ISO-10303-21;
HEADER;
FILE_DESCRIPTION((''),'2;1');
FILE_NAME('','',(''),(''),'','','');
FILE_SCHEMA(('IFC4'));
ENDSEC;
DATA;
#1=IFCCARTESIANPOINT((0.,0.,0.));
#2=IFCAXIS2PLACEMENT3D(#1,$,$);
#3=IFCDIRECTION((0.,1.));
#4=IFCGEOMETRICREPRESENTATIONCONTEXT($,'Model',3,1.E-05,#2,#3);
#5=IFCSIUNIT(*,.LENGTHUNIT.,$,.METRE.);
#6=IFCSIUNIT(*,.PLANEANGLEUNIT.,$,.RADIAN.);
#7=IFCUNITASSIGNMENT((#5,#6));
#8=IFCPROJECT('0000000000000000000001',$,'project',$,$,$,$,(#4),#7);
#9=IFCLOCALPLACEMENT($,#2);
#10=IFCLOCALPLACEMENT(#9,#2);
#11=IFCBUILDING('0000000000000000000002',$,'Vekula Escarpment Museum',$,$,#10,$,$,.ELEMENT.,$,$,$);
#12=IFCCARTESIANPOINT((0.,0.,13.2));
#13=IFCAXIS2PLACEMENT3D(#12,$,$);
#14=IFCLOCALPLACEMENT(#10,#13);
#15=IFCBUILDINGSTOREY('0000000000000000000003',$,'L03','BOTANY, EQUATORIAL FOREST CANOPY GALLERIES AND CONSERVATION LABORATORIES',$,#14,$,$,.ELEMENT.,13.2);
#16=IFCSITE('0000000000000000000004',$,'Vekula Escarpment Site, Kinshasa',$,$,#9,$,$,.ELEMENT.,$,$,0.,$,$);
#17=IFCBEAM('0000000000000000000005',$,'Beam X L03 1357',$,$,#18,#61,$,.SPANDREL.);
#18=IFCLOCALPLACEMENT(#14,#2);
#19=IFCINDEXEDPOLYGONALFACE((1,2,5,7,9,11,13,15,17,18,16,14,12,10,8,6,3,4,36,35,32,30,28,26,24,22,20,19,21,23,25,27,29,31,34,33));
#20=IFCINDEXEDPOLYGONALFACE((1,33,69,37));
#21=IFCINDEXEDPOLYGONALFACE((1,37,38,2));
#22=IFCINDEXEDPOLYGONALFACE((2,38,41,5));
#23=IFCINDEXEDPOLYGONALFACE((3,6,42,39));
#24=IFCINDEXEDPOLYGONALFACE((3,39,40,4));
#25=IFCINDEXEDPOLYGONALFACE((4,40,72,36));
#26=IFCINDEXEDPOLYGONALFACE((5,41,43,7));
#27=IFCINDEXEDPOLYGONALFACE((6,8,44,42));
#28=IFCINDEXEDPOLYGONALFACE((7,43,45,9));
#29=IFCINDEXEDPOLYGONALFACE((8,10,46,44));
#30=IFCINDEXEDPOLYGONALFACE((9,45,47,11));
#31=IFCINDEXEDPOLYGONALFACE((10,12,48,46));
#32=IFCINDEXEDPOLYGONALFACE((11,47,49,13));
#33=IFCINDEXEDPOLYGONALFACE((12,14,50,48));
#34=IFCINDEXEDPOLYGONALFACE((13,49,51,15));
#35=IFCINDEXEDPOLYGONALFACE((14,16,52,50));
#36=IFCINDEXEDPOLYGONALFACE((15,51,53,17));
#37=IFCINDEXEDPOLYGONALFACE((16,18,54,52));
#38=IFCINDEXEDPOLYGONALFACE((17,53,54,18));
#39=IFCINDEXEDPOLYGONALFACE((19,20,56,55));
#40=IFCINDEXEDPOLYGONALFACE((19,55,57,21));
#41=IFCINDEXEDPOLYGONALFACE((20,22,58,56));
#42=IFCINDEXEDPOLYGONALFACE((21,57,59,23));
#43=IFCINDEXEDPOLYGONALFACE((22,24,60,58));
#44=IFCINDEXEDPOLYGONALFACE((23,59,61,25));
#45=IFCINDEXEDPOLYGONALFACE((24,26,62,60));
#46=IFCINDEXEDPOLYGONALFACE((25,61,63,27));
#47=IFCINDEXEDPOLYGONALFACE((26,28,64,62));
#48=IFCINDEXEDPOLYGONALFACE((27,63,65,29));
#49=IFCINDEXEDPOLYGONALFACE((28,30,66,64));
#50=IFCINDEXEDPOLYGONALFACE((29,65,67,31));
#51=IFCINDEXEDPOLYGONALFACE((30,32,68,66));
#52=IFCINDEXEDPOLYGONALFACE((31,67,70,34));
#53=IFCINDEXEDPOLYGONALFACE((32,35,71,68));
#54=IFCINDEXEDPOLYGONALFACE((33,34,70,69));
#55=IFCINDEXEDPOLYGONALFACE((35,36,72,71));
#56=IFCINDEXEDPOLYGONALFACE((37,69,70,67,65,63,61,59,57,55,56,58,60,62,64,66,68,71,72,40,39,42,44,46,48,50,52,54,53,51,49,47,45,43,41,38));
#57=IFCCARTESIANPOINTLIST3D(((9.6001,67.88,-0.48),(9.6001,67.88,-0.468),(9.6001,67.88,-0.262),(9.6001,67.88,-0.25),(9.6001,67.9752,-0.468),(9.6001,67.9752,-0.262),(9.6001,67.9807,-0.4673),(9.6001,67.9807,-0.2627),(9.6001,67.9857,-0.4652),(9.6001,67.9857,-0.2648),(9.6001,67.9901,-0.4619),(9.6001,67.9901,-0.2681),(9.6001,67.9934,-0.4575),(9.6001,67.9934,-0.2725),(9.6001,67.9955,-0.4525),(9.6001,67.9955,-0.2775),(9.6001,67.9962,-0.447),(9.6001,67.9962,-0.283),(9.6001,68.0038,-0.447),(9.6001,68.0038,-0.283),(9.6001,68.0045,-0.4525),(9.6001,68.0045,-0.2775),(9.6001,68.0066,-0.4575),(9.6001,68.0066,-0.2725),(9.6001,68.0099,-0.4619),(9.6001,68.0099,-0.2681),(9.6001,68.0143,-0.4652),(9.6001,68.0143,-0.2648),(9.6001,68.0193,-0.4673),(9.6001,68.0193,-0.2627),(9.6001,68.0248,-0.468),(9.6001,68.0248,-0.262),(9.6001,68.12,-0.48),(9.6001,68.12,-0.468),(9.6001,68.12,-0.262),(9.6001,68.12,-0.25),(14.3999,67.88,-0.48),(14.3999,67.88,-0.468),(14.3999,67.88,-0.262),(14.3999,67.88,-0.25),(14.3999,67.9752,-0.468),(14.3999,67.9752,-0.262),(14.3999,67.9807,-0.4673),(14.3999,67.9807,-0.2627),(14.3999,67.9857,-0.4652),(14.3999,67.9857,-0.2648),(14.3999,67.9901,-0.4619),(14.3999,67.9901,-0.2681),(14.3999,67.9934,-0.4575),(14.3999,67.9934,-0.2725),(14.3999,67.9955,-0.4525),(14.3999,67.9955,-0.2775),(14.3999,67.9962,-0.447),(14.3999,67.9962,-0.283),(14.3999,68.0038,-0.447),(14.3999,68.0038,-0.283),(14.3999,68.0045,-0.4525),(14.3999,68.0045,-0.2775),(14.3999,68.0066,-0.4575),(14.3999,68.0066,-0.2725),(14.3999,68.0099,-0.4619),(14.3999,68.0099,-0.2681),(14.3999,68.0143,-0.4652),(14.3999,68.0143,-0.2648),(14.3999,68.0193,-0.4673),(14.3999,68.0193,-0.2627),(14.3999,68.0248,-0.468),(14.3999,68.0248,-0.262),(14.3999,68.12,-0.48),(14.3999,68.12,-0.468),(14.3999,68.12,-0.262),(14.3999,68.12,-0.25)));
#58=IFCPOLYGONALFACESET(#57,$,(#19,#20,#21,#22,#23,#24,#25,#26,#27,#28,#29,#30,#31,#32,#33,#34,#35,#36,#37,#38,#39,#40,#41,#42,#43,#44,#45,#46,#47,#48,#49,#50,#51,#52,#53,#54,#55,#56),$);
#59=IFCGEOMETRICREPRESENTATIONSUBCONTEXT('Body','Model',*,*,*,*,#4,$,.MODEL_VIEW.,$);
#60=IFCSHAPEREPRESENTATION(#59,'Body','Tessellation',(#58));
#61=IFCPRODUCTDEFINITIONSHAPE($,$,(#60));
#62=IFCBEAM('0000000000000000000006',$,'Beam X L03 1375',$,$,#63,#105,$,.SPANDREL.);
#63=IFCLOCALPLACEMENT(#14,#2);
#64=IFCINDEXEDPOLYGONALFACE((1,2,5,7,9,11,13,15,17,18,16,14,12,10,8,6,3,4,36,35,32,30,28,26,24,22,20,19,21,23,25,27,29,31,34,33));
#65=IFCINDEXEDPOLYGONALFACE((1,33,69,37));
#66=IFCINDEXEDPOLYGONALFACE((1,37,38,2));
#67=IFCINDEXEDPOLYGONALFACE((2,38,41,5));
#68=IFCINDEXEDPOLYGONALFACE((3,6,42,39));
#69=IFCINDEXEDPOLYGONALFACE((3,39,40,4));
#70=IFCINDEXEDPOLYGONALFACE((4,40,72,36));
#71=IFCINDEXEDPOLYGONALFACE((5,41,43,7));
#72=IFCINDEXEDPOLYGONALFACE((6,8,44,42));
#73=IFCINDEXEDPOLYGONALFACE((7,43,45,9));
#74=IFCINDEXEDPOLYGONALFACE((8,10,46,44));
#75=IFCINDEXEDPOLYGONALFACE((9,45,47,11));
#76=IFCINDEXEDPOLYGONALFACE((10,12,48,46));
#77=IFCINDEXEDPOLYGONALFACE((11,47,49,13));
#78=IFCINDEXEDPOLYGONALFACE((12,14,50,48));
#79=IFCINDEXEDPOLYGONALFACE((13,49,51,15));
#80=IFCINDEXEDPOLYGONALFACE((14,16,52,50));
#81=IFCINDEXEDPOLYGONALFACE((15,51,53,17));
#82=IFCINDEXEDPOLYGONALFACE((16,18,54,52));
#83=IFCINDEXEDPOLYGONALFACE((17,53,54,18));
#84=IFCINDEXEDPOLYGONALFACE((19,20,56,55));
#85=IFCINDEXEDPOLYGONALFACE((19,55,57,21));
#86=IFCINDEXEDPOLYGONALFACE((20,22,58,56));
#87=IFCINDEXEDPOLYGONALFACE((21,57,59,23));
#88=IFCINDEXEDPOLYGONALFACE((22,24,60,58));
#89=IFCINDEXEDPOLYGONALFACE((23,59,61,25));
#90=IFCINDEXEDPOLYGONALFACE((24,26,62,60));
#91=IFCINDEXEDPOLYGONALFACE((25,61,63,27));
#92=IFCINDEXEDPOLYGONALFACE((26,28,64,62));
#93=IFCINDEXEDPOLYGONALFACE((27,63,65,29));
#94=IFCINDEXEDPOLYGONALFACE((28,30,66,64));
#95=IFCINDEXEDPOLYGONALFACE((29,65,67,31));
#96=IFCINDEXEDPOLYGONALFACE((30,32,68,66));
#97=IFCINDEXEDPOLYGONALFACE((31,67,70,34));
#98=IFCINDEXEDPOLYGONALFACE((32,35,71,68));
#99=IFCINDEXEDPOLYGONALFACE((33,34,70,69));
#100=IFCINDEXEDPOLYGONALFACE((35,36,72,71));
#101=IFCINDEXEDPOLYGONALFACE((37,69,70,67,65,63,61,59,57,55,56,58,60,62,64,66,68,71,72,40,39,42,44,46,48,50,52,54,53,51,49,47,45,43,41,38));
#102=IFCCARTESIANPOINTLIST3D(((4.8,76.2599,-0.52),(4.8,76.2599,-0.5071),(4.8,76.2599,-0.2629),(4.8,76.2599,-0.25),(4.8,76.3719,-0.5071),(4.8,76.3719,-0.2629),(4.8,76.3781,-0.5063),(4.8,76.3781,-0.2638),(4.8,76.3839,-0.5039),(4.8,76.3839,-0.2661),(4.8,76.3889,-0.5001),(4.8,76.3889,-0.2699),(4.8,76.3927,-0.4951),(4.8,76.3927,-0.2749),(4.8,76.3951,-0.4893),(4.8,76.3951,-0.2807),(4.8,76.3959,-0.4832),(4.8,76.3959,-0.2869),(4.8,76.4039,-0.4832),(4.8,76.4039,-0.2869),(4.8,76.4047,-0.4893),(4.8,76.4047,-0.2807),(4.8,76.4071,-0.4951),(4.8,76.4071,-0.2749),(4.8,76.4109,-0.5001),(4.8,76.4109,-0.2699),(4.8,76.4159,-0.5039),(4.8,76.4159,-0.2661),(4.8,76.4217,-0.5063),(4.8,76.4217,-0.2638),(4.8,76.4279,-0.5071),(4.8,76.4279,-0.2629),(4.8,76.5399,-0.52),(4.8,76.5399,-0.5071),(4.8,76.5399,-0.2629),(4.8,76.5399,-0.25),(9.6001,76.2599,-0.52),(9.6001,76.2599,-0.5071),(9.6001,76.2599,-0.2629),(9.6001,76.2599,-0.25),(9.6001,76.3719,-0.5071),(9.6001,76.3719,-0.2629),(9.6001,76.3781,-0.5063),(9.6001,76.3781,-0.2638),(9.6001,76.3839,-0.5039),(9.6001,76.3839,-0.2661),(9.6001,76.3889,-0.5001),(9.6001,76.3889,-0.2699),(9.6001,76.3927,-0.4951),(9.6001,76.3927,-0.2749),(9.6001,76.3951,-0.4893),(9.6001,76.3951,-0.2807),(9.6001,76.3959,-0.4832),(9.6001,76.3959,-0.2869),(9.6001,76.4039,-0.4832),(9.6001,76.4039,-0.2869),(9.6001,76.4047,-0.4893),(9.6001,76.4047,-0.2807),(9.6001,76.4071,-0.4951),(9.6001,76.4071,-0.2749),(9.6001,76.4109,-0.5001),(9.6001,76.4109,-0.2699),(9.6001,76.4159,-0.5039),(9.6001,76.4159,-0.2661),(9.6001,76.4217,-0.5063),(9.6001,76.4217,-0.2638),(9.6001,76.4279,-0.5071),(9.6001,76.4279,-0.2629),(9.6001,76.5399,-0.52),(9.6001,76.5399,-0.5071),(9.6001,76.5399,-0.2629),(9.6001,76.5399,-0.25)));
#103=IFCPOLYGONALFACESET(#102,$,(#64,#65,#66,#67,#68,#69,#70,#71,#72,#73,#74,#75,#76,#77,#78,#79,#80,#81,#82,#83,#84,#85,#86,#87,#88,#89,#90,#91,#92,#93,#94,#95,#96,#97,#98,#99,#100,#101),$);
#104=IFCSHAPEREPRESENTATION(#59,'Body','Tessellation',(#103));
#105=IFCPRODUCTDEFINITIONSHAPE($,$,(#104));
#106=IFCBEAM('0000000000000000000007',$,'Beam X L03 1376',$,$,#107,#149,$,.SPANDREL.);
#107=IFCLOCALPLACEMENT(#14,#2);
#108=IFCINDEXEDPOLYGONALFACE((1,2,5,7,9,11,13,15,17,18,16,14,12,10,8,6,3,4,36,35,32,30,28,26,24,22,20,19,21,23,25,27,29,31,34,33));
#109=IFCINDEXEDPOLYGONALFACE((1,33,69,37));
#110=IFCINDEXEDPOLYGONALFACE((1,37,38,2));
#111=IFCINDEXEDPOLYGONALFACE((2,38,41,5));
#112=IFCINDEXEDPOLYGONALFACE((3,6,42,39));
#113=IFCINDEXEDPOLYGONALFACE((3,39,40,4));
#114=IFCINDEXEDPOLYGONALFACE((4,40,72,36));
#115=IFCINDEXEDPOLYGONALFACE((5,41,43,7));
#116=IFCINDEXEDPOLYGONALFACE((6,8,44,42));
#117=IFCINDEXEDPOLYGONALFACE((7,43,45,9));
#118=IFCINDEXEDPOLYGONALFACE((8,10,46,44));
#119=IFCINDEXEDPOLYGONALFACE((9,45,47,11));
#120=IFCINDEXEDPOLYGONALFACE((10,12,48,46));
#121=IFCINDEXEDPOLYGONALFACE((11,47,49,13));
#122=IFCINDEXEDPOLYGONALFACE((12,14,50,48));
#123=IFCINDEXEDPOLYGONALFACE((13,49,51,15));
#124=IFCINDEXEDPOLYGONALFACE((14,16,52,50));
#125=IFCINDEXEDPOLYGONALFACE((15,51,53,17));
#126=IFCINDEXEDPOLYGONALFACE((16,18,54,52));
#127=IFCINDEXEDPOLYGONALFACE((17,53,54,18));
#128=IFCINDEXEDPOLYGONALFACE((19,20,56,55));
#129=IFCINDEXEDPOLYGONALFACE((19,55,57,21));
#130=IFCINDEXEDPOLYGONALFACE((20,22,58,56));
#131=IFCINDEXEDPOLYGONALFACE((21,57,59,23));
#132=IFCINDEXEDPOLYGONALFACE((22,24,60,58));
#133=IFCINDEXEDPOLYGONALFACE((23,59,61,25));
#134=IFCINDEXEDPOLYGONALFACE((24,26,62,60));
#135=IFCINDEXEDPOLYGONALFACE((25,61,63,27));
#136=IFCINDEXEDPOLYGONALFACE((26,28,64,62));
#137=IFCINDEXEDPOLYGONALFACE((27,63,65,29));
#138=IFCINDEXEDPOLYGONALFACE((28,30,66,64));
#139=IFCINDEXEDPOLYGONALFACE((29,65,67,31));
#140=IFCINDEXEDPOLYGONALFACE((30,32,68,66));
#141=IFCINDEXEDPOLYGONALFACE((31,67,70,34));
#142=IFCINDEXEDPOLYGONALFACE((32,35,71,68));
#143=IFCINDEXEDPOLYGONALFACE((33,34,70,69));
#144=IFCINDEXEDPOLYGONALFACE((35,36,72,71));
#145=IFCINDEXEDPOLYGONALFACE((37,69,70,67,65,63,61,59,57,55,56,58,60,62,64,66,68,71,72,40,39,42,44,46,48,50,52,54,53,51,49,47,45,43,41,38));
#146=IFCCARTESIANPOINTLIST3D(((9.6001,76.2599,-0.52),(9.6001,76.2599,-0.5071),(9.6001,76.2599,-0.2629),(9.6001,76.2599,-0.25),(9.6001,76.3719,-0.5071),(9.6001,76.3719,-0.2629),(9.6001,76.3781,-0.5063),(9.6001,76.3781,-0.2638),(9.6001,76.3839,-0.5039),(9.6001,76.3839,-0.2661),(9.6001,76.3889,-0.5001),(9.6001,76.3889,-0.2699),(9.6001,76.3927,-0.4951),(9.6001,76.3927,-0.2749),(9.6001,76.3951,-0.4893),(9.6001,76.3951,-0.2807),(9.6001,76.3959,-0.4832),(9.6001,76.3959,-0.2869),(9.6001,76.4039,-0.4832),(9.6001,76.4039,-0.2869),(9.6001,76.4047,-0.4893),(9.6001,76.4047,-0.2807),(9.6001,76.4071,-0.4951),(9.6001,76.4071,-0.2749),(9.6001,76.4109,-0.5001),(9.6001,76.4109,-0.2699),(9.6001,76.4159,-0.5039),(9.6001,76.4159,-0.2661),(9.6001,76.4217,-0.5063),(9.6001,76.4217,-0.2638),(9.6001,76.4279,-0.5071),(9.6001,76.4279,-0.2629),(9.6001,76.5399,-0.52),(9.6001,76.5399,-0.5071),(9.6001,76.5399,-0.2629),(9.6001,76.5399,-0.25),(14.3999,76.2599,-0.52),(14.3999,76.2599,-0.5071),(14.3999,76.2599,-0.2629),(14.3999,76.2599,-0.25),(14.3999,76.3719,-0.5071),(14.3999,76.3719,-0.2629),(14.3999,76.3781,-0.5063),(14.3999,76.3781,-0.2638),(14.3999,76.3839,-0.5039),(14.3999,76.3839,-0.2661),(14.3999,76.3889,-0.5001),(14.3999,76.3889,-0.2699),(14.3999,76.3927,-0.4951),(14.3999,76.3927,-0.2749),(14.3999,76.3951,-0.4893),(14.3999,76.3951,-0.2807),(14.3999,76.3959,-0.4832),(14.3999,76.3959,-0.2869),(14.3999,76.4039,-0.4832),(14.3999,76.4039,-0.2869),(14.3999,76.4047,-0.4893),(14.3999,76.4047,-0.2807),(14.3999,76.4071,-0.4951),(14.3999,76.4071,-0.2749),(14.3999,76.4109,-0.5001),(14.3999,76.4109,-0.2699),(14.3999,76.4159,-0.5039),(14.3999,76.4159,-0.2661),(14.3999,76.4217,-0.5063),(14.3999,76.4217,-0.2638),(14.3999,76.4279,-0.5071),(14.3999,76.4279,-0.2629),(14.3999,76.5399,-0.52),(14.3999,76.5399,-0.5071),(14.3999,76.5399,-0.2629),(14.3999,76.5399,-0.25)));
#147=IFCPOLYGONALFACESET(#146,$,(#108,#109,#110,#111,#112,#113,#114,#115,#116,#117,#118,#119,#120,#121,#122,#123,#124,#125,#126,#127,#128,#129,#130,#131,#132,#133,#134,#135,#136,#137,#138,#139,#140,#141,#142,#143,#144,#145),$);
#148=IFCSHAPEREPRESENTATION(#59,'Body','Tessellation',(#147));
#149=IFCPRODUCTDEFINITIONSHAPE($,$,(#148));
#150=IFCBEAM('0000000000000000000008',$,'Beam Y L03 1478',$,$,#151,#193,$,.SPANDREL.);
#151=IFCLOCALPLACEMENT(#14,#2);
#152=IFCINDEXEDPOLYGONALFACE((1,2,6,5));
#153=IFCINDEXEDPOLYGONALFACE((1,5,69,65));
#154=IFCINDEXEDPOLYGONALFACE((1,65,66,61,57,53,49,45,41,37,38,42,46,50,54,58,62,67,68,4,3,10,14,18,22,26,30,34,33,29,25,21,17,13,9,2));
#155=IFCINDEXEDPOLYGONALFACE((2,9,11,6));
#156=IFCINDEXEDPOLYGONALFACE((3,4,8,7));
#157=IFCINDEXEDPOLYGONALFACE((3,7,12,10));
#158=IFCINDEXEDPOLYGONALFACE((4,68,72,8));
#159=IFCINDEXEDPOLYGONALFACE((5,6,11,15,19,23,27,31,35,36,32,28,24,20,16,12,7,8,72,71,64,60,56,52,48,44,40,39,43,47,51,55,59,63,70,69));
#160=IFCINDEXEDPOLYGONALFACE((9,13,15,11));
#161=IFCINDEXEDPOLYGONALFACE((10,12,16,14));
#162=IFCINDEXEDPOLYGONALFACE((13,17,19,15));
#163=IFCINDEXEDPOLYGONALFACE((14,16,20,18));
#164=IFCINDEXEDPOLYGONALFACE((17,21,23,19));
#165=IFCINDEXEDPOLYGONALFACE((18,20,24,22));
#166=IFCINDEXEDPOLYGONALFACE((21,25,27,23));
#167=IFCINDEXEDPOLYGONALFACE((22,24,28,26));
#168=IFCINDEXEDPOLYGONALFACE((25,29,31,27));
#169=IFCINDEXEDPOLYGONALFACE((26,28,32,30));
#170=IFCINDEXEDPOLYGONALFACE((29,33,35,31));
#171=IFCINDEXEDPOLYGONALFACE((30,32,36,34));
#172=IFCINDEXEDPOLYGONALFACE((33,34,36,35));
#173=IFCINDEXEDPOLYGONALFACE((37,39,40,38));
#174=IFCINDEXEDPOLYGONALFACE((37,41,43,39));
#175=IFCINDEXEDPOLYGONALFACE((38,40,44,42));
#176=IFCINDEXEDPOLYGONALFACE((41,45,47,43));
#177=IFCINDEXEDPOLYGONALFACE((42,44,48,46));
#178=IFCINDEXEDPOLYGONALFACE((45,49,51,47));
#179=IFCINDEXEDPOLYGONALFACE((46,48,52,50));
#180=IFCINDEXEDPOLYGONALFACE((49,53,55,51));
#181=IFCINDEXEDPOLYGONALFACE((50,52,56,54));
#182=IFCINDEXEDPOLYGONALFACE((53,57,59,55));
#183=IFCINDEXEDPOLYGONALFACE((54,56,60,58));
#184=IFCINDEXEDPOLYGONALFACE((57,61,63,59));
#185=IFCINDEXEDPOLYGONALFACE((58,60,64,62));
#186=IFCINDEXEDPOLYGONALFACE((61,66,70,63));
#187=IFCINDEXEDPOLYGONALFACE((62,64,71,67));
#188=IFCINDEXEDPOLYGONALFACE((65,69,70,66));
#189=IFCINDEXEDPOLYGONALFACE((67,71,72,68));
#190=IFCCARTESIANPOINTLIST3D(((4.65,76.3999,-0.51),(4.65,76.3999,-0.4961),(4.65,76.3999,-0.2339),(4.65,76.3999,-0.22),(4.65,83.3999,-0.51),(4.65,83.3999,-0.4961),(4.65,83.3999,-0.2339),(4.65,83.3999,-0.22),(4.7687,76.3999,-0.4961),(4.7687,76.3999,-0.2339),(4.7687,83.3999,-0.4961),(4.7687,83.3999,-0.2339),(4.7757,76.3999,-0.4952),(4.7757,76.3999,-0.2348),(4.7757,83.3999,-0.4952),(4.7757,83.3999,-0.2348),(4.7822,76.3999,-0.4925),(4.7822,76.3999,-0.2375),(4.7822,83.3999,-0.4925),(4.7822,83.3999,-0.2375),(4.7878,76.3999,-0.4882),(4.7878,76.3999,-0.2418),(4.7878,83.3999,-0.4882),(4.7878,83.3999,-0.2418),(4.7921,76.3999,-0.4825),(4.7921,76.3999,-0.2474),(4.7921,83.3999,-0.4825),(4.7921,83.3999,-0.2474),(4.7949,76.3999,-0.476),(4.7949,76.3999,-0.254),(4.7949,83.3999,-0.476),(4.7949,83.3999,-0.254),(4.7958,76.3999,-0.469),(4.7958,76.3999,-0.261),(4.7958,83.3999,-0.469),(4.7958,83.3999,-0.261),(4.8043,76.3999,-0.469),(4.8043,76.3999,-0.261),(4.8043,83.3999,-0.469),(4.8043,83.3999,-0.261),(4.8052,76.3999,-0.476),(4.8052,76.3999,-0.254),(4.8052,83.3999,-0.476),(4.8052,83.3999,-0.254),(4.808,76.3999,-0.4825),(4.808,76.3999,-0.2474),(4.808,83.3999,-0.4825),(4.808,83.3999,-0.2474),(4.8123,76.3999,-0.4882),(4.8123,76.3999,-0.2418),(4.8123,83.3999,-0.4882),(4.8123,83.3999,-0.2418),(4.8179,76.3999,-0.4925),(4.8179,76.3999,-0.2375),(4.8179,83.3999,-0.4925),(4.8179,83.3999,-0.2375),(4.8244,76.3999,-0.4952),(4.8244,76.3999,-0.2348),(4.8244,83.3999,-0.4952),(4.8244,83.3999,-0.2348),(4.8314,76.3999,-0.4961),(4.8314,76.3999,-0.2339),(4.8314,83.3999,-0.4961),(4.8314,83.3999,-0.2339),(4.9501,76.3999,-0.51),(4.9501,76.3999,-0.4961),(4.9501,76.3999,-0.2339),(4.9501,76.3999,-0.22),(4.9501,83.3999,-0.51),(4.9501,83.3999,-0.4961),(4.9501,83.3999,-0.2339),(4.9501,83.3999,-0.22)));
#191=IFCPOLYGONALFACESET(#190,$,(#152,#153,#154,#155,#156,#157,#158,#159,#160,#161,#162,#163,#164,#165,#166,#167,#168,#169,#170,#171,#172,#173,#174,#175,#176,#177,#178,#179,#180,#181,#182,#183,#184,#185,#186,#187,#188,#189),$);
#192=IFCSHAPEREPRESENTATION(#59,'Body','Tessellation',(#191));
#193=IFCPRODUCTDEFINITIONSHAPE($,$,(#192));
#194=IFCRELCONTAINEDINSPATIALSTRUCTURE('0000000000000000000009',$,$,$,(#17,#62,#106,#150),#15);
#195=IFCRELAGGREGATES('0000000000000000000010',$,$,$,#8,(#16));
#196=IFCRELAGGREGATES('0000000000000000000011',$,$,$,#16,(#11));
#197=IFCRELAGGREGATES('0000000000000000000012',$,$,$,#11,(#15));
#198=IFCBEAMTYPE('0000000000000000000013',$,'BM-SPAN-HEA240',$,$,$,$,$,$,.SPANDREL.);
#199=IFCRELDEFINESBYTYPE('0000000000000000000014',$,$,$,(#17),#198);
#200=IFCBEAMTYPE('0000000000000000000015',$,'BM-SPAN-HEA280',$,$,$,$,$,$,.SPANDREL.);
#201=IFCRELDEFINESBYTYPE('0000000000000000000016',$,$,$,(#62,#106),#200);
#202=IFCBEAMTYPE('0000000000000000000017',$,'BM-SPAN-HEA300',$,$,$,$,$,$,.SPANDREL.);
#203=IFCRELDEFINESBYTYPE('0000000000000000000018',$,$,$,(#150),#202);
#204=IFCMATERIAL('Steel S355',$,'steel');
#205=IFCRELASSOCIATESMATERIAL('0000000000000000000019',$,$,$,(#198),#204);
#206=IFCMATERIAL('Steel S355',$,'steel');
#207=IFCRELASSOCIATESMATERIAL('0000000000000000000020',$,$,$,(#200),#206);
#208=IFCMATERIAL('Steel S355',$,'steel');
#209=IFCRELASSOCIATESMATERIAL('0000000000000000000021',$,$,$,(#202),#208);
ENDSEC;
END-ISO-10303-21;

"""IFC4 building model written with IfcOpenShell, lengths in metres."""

from ifc_helpers import new_model, si_unit, direction, frame, origin, origin_2d, place, context, subcontext, project, spatial, i_section, extrude, material, material_profile, profile_set, type_object, element, save


model = new_model("IFC4")

# Units and contexts
model_context = context("Model", 3, precision=1e-05, world=origin(), true_north=direction((0.0, 1.0)))
body_context = subcontext(model_context, "Body", "Model", "MODEL_VIEW")
ifc_project = project(units=[si_unit("LENGTHUNIT", "METRE"), si_unit("PLANEANGLEUNIT", "RADIAN")], contexts=[model_context])

# Site, building, storey
site_placement = place(None, origin())
site = spatial("IfcSite", under=ifc_project, at=site_placement, Name="Vekula Escarpment Site, Kinshasa", CompositionType="ELEMENT", RefElevation=0.0)
building_placement = place(site_placement, origin())
building = spatial("IfcBuilding", under=site, at=building_placement, Name="Vekula Escarpment Museum", CompositionType="ELEMENT")
storey_placement = place(building_placement, frame((0.0, 0.0, 13.2)))
storey = spatial("IfcBuildingStorey", under=building, at=storey_placement, Name="L03", Description="BOTANY, EQUATORIAL FOREST CANOPY GALLERIES AND CONSERVATION LABORATORIES", CompositionType="ELEMENT", Elevation=13.2)

# Beams
ifc_material_1 = material(Name="Steel S355", Category="steel")
ifc_material_profile_1 = material_profile(ifc_material_1, i_section(OverallWidth=0.24, OverallDepth=0.23, WebThickness=0.0076, FlangeThickness=0.012, FilletRadius=0.021, at=origin_2d()), Name="HEA 240")
ifc_profile_set_1 = profile_set([ifc_material_profile_1], Name="Steel S355")
beam_type_1 = type_object("IfcBeamType", Name="BM-SPAN-HEA240", PredefinedType="SPANDREL", material=ifc_profile_set_1)
beam_1_placement = place(storey_placement, frame((9.6001, 68.0, -0.365), z_axis=(1.0, 0.0, 0.0), x_axis=(0.0, 1.0, 0.0)))
element("IfcBeam", 1, at=beam_1_placement, inside=storey, type_object=beam_type_1, Name="Beam X L03 1357", PredefinedType="SPANDREL", context=body_context, shape_type="SweptSolid", body=[
    extrude(i_section(OverallWidth=0.24, OverallDepth=0.23, WebThickness=0.0076, FlangeThickness=0.012, FilletRadius=0.021, at=origin_2d()), origin(), (0.0, 0.0, 1.0), 4.7998),
])
ifc_material_2 = material(Name="Steel S355", Category="steel")
ifc_material_profile_2 = material_profile(ifc_material_2, i_section(OverallWidth=0.28, OverallDepth=0.27, WebThickness=0.0081, FlangeThickness=0.0129, FilletRadius=0.0239, at=origin_2d()), Name="HEA 280")
ifc_profile_set_2 = profile_set([ifc_material_profile_2], Name="Steel S355")
beam_type_2 = type_object("IfcBeamType", Name="BM-SPAN-HEA280", PredefinedType="SPANDREL", material=ifc_profile_set_2)
beam_2_placement = place(storey_placement, frame((4.8, 76.3999, -0.385), z_axis=(1.0, 0.0, 0.0), x_axis=(0.0, 1.0, 0.0)))
element("IfcBeam", 2, at=beam_2_placement, inside=storey, type_object=beam_type_2, Name="Beam X L03 1375", PredefinedType="SPANDREL", context=body_context, shape_type="SweptSolid", body=[
    extrude(i_section(OverallWidth=0.28, OverallDepth=0.27, WebThickness=0.0081, FlangeThickness=0.0129, FilletRadius=0.0239, at=origin_2d()), origin(), (0.0, 0.0, 1.0), 4.8),
])
beam_3_placement = place(storey_placement, frame((9.6001, 76.3999, -0.385), z_axis=(1.0, 0.0, 0.0), x_axis=(0.0, 1.0, 0.0)))
element("IfcBeam", 3, at=beam_3_placement, inside=storey, type_object=beam_type_2, Name="Beam X L03 1376", PredefinedType="SPANDREL", context=body_context, shape_type="SweptSolid", body=[
    extrude(i_section(OverallWidth=0.28, OverallDepth=0.27, WebThickness=0.0081, FlangeThickness=0.0129, FilletRadius=0.0239, at=origin_2d()), origin(), (0.0, 0.0, 1.0), 4.7998),
])
ifc_material_3 = material(Name="Steel S355", Category="steel")
ifc_material_profile_3 = material_profile(ifc_material_3, i_section(OverallWidth=0.3, OverallDepth=0.29, WebThickness=0.0085, FlangeThickness=0.0139, FilletRadius=0.0271, at=origin_2d()), Name="HEA 300")
ifc_profile_set_3 = profile_set([ifc_material_profile_3], Name="Steel S355")
beam_type_3 = type_object("IfcBeamType", Name="BM-SPAN-HEA300", PredefinedType="SPANDREL", material=ifc_profile_set_3)
for number, where, z_axis, x_axis, name in (
    (4, (4.8, 76.3999, -0.365), (0.0, 1.0, 0.0), (-1.0, 0.0, 0.0), "Beam Y L03 1478"),
):
    element("IfcBeam", number, at=place(storey_placement, frame(where, z_axis=z_axis, x_axis=x_axis)), inside=storey, type_object=beam_type_3, Name=name, PredefinedType="SPANDREL", context=body_context, shape_type="SweptSolid", body=[
        extrude(i_section(OverallWidth=0.3, OverallDepth=0.29, WebThickness=0.0085, FlangeThickness=0.0139, FilletRadius=0.0271, at=origin_2d()), origin(), (0.0, 0.0, 1.0), 7.0),
    ])

save(model, "model.ifc")
